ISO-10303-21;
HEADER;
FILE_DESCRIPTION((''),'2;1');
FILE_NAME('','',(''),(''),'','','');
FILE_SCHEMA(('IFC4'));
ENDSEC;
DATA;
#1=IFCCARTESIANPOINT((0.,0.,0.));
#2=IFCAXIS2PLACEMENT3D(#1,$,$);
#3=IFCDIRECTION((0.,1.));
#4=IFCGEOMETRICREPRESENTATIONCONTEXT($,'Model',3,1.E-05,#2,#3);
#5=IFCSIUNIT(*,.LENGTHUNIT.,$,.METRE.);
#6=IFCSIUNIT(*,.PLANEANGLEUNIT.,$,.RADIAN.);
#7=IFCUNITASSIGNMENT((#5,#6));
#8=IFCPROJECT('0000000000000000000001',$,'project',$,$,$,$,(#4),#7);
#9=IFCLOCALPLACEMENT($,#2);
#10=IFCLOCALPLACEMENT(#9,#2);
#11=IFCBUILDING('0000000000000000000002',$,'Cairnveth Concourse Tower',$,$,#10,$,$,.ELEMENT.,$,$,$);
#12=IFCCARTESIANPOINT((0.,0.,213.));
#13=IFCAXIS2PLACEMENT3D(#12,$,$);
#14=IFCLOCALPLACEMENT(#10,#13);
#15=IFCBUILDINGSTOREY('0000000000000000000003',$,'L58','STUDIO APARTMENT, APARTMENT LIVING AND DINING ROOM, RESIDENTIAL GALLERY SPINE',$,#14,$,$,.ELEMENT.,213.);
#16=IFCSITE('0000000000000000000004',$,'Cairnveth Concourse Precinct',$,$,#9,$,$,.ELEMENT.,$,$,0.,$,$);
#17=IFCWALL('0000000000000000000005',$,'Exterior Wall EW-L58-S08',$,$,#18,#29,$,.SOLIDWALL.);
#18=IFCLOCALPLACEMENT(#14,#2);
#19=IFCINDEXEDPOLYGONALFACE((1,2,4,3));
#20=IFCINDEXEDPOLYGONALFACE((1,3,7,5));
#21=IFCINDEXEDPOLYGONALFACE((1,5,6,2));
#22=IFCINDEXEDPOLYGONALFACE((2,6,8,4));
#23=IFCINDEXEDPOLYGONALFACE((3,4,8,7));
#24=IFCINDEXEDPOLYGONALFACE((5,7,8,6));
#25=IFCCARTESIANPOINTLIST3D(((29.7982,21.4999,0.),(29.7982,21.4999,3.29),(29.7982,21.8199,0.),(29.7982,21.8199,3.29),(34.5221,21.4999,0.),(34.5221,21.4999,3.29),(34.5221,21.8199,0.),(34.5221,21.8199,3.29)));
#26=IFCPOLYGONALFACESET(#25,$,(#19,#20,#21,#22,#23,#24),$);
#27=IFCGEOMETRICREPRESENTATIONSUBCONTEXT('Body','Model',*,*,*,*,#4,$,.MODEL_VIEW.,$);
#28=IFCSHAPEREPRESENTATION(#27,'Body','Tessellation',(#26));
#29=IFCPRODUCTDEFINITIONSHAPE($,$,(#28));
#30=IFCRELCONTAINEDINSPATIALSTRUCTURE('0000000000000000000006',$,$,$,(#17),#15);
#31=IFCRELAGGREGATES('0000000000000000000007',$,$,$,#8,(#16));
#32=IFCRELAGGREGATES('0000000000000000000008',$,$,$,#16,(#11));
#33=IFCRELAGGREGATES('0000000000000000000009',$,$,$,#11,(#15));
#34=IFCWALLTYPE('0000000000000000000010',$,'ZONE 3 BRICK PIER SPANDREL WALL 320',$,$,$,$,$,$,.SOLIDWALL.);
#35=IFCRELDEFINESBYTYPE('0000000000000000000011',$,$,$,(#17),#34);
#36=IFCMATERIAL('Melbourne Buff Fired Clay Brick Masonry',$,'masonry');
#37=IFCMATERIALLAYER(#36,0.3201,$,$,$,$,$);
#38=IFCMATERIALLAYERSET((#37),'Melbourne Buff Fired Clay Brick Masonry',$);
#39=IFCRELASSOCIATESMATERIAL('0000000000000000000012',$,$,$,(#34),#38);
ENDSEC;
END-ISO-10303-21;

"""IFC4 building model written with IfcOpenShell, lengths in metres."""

from ifc_helpers import new_model, si_unit, direction, frame, frame_2d, origin, place, context, subcontext, project, spatial, rectangle, extrude, material, layer, layer_set, type_object, element, save


model = new_model("IFC4")

# Units and contexts
model_context = context("Model", 3, precision=1e-05, world=origin(), true_north=direction((0.0, 1.0)))
body_context = subcontext(model_context, "Body", "Model", "MODEL_VIEW")
ifc_project = project(units=[si_unit("LENGTHUNIT", "METRE"), si_unit("PLANEANGLEUNIT", "RADIAN")], contexts=[model_context])

# Site, building, storey
site_placement = place(None, origin())
site = spatial("IfcSite", under=ifc_project, at=site_placement, Name="Cairnveth Concourse Precinct", CompositionType="ELEMENT", RefElevation=0.0)
building_placement = place(site_placement, origin())
building = spatial("IfcBuilding", under=site, at=building_placement, Name="Cairnveth Concourse Tower", CompositionType="ELEMENT")
storey_placement = place(building_placement, frame((0.0, 0.0, 213.0)))
storey = spatial("IfcBuildingStorey", under=building, at=storey_placement, Name="L58", Description="STUDIO APARTMENT, APARTMENT LIVING AND DINING ROOM, RESIDENTIAL GALLERY SPINE", CompositionType="ELEMENT", Elevation=213.0)

# Wall
ifc_material_1 = material(Name="Melbourne Buff Fired Clay Brick Masonry", Category="masonry")
ifc_layer_1 = layer(ifc_material_1, 0.3201)
ifc_layer_set_1 = layer_set([ifc_layer_1], Name="Melbourne Buff Fired Clay Brick Masonry")
wall_type_1 = type_object("IfcWallType", Name="ZONE 3 BRICK PIER SPANDREL WALL 320", PredefinedType="SOLIDWALL", material=ifc_layer_set_1)
wall_1_placement = place(storey_placement, frame((34.522, 21.6599, 0.0), z_axis=(0.0, 0.0, 1.0), x_axis=(-1.0, 0.0, 0.0)))
element("IfcWall", 1, at=wall_1_placement, inside=storey, type_object=wall_type_1, Name="Exterior Wall EW-L58-S08", PredefinedType="SOLIDWALL", context=body_context, shape_type="SweptSolid", body=[
    extrude(rectangle(XDim=4.7239, YDim=0.3201, at=frame_2d((2.3618, 0.0))), origin(), (0.0, 0.0, 1.0), 3.29),
])

save(model, "model.ifc")
